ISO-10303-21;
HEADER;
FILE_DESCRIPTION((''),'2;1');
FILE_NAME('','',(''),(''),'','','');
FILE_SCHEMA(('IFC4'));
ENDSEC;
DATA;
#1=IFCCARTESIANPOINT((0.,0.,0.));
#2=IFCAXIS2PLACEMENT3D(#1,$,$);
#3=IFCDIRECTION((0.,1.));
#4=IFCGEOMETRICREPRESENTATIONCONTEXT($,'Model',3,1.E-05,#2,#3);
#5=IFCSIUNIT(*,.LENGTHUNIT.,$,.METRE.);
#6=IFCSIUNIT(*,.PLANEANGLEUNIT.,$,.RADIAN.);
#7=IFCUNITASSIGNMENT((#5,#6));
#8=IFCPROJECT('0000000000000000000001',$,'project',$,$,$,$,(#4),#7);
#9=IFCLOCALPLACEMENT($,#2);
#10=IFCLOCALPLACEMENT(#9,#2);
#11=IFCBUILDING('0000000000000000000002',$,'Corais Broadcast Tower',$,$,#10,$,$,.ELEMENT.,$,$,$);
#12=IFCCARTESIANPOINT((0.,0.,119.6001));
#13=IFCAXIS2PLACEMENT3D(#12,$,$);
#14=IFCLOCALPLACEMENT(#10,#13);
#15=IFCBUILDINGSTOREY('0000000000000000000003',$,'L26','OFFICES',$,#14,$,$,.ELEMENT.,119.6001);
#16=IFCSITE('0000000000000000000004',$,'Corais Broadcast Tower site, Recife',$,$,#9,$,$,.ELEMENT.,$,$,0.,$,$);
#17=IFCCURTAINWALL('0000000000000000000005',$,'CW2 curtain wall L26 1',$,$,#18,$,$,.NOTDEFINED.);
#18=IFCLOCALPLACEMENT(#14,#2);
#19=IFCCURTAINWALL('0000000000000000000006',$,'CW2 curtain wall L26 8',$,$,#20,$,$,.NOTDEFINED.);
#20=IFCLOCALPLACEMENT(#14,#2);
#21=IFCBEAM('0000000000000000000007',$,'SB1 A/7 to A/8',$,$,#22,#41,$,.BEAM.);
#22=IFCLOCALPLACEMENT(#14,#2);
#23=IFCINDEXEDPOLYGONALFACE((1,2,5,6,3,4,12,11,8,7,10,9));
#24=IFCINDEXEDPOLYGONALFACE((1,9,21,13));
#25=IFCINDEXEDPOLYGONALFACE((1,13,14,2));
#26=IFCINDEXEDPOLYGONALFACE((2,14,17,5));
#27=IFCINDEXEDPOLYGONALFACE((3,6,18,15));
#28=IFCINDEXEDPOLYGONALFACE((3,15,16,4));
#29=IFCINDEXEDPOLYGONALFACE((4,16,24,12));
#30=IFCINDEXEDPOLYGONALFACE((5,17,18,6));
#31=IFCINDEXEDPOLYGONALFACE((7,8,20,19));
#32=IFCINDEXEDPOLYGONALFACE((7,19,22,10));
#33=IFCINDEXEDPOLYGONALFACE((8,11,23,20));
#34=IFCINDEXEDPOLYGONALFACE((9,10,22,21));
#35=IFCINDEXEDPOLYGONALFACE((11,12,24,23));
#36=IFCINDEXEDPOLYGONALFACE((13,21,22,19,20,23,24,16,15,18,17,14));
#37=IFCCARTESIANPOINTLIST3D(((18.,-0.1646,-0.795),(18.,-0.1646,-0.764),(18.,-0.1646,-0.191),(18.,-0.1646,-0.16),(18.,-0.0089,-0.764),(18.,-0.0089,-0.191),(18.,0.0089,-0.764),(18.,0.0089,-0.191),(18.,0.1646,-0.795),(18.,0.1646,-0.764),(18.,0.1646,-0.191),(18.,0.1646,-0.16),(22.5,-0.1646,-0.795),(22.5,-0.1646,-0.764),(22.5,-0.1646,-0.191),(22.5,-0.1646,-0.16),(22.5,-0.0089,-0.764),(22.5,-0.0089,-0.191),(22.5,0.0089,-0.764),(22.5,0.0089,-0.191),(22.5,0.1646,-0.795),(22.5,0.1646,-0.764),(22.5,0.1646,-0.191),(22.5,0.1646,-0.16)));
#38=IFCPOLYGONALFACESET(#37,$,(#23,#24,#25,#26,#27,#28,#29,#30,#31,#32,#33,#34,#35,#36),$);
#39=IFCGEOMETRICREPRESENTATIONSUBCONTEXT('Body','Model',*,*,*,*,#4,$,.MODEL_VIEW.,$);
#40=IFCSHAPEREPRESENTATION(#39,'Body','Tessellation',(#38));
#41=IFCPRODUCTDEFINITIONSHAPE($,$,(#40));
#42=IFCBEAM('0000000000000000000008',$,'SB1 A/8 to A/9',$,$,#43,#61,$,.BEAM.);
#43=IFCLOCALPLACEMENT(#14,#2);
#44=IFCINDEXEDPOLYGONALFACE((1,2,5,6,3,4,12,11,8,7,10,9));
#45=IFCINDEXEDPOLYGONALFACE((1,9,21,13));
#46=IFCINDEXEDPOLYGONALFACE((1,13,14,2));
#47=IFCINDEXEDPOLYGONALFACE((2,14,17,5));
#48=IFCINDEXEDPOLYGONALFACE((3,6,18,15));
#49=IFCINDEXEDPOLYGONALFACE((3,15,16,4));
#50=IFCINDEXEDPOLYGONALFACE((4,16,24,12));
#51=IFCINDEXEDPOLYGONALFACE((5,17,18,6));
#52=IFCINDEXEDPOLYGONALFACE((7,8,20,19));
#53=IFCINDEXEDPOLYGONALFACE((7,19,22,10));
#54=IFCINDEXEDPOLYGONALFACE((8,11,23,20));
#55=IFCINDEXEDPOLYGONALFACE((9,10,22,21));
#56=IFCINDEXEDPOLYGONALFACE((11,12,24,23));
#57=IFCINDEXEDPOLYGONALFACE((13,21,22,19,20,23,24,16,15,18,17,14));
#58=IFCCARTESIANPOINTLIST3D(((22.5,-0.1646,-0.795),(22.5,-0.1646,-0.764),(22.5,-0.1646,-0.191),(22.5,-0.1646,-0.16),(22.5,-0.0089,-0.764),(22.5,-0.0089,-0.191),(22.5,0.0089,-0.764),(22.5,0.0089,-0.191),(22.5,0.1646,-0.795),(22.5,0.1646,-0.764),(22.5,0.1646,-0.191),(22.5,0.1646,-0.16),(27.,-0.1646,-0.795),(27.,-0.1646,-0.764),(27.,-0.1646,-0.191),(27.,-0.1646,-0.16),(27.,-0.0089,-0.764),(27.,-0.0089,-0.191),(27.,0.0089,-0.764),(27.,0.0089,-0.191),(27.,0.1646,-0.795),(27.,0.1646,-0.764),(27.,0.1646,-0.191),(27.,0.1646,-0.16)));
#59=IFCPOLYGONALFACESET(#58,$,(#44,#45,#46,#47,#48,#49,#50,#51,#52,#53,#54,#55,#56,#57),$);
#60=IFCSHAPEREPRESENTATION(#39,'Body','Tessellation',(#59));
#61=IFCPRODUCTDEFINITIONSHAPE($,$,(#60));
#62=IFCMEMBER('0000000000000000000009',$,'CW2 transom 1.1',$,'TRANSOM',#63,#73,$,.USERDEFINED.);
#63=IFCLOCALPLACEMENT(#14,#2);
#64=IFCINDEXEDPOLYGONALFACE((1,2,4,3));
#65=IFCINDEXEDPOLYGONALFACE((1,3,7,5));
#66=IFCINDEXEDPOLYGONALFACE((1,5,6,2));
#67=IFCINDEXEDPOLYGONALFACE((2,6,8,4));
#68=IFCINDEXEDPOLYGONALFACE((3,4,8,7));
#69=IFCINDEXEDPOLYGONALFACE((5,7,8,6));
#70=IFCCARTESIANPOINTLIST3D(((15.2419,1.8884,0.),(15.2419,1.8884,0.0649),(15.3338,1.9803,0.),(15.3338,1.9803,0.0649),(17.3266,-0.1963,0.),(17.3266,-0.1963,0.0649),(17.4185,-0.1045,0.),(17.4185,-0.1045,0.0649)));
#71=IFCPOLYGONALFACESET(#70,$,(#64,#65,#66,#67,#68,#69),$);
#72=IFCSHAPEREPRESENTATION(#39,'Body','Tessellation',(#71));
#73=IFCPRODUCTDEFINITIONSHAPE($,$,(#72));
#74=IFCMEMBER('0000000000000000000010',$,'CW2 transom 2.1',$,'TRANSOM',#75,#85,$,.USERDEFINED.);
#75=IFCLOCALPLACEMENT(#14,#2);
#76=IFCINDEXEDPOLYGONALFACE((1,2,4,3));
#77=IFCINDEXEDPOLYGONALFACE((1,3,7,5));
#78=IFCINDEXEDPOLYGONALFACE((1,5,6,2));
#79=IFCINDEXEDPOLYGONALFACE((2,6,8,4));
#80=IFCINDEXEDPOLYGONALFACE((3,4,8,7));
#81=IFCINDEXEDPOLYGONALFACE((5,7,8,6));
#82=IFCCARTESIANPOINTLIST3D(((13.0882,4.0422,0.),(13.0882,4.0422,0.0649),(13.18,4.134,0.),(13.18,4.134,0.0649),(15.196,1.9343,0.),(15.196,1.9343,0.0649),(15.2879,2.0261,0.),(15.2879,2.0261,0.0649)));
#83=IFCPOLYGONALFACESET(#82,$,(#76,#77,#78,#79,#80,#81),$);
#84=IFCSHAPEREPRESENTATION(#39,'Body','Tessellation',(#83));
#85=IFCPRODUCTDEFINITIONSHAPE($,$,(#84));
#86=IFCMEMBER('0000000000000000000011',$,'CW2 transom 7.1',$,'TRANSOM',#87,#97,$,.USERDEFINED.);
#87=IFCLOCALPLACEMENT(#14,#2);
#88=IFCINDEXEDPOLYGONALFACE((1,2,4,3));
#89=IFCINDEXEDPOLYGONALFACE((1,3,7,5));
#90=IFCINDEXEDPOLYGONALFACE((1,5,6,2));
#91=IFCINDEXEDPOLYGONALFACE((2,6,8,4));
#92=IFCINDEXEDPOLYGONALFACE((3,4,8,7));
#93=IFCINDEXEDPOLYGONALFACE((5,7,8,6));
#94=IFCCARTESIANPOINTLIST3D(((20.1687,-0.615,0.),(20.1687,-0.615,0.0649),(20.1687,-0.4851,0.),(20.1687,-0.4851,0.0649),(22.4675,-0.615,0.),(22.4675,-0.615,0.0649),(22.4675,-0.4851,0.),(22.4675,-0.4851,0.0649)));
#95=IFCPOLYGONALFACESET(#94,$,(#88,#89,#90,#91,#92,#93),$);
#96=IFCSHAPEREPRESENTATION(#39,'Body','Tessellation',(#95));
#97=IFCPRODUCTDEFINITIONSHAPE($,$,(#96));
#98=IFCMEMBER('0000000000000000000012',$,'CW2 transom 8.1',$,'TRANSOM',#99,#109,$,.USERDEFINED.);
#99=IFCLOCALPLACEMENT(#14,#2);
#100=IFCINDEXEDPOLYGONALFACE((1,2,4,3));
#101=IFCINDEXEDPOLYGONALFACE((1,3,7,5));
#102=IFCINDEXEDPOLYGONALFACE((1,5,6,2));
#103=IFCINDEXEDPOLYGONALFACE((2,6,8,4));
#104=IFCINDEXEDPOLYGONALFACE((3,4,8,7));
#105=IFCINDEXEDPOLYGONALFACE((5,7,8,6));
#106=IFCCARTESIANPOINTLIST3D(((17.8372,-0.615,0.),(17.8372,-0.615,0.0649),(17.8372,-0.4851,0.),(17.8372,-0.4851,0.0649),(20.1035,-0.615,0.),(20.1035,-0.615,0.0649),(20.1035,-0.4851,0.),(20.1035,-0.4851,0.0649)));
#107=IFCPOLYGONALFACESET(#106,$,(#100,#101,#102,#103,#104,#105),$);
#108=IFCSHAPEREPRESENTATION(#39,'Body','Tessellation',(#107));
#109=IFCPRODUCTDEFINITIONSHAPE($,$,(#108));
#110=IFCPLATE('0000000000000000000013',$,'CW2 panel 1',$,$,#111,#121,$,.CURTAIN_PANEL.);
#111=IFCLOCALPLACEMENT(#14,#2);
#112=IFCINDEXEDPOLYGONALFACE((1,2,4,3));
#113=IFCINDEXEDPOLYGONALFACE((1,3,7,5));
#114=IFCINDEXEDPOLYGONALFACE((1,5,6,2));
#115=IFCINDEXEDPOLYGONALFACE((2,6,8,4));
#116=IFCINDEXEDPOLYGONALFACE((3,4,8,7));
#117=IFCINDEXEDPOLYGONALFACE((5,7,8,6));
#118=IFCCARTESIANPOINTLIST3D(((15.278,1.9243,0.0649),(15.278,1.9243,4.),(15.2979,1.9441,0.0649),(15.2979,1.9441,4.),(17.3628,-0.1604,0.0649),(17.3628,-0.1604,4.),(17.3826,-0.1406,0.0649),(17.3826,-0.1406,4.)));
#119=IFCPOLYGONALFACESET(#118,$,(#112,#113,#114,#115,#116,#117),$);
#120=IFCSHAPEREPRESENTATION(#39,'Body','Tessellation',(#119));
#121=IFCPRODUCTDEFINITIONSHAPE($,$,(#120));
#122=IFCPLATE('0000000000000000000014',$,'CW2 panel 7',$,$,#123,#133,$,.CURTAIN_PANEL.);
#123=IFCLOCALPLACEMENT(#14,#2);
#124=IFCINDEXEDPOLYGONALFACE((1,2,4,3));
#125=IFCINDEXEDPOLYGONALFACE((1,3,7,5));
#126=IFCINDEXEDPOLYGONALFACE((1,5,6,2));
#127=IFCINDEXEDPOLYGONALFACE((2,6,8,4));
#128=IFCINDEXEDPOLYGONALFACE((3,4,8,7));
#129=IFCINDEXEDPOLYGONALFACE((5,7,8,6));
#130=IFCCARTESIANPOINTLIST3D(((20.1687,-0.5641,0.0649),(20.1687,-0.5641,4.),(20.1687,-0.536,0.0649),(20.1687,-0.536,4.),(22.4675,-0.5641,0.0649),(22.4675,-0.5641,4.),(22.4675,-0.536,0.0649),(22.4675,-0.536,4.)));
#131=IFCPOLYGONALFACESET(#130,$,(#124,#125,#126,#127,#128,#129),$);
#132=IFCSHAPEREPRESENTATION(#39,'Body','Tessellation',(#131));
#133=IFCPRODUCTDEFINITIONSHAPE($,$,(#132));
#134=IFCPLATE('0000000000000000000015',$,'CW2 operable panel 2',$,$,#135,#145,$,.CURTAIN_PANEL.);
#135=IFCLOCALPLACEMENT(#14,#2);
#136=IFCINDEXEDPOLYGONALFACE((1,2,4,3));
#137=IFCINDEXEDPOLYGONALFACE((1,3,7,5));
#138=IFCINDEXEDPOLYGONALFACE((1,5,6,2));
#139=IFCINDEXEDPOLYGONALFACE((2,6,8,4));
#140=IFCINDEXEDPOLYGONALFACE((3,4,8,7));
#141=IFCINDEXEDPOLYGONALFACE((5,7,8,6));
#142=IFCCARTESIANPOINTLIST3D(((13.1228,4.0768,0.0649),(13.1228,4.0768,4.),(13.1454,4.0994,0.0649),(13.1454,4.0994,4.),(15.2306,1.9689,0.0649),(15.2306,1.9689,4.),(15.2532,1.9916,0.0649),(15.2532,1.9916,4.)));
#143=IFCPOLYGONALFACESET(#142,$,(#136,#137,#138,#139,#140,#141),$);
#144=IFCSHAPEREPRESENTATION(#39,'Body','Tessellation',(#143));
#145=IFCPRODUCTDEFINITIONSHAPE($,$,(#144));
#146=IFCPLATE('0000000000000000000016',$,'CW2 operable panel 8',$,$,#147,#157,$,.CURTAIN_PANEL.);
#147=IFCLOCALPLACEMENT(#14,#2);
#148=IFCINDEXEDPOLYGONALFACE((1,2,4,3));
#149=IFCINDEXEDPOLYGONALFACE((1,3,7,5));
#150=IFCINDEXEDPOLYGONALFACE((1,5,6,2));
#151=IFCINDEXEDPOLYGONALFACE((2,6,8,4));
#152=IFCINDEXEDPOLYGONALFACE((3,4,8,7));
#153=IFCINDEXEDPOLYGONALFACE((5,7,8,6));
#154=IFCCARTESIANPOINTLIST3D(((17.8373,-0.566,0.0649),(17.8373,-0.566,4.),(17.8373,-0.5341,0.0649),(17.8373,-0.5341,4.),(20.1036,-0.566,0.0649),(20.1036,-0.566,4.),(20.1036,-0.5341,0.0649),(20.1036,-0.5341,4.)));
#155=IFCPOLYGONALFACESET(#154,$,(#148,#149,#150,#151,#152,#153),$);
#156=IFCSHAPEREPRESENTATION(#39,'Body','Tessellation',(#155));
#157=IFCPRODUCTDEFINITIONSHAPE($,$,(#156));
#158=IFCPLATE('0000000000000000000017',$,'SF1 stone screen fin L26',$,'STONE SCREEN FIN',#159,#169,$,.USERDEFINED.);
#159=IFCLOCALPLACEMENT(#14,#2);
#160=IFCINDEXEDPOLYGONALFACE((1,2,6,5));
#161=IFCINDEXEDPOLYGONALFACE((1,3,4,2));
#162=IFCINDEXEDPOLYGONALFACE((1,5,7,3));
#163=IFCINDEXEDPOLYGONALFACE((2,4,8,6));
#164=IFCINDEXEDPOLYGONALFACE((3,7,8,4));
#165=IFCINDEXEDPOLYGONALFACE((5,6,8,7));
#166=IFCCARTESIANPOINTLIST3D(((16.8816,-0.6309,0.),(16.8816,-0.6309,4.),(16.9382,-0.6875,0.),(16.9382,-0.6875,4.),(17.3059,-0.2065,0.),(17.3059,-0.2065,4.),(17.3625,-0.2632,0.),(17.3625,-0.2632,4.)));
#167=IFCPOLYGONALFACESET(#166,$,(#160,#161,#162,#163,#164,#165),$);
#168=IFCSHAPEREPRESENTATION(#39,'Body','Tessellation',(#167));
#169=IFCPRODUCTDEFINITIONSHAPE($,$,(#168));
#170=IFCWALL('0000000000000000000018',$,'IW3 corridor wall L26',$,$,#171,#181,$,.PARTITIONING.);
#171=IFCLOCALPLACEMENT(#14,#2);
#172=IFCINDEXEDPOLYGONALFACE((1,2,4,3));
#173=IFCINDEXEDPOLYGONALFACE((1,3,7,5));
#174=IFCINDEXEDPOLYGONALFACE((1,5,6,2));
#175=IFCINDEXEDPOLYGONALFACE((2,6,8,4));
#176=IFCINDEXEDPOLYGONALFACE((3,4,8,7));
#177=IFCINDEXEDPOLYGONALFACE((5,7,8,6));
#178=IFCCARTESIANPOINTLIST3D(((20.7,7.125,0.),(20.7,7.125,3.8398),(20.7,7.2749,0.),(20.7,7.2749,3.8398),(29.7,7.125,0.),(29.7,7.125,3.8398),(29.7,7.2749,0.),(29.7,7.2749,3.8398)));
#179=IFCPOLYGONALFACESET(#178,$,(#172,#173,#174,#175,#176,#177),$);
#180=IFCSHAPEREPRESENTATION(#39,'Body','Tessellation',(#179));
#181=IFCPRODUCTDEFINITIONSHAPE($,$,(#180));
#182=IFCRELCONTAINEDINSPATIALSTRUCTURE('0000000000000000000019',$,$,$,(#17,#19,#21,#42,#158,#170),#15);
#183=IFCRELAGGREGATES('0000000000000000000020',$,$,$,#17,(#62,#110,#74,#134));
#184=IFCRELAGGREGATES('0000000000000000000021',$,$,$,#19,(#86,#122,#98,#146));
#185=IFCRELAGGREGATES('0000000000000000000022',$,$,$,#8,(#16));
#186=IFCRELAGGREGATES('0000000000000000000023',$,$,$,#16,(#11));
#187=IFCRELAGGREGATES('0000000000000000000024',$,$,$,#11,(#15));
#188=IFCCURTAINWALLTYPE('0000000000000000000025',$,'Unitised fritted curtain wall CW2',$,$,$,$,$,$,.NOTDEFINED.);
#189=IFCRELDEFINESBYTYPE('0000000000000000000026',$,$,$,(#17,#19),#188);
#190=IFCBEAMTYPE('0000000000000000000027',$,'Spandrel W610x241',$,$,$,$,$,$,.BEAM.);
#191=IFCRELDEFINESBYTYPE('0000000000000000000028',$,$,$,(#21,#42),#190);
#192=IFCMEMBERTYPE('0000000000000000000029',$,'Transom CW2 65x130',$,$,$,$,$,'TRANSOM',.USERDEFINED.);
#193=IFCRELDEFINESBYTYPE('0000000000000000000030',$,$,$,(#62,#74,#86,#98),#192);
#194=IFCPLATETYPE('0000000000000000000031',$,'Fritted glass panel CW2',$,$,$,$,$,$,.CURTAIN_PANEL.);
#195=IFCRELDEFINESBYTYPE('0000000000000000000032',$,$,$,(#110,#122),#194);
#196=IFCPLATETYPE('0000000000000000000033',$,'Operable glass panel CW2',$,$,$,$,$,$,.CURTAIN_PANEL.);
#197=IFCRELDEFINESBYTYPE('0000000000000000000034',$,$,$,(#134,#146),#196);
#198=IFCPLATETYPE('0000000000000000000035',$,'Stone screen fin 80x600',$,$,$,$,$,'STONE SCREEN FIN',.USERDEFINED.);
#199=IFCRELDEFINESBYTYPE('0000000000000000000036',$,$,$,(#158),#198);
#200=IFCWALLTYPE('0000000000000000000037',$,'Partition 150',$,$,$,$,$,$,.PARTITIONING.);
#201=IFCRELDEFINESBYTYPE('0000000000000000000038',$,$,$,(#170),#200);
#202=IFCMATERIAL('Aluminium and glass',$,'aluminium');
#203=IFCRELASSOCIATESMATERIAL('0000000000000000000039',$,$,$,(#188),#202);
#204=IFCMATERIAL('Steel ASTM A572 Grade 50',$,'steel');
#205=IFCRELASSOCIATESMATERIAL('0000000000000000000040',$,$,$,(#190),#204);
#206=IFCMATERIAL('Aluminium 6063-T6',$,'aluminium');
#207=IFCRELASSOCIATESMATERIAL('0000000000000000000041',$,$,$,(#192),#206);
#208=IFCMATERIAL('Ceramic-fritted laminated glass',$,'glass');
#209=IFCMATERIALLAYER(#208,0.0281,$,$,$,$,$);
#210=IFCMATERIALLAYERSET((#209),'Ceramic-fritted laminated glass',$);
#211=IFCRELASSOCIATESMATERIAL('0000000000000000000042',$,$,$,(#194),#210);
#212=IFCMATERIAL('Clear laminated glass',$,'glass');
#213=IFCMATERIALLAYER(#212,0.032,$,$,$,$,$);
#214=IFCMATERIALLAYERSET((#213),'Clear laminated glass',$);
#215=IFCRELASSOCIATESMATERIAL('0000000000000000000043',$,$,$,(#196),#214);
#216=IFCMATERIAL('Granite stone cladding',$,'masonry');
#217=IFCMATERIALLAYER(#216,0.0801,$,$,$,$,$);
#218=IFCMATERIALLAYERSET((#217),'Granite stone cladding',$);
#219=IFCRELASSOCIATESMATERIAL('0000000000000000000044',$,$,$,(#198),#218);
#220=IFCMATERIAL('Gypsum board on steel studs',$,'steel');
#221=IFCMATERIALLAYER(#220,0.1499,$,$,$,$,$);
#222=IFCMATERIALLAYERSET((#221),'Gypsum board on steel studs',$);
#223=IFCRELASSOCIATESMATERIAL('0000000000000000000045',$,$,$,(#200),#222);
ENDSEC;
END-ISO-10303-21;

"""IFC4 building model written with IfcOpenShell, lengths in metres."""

from ifc_helpers import new_model, si_unit, direction, frame, frame_2d, origin, origin_2d, place, context, subcontext, project, spatial, rectangle, i_section, extrude, material, layer, layer_set, material_profile, profile_set, type_object, element, aggregate, save


model = new_model("IFC4")

# Units and contexts
model_context = context("Model", 3, precision=1e-05, world=origin(), true_north=direction((0.0, 1.0)))
body_context = subcontext(model_context, "Body", "Model", "MODEL_VIEW")
ifc_project = project(units=[si_unit("LENGTHUNIT", "METRE"), si_unit("PLANEANGLEUNIT", "RADIAN")], contexts=[model_context])

# Site, building, storey
site_placement = place(None, origin())
site = spatial("IfcSite", under=ifc_project, at=site_placement, Name="Corais Broadcast Tower site, Recife", CompositionType="ELEMENT", RefElevation=0.0)
building_placement = place(site_placement, origin())
building = spatial("IfcBuilding", under=site, at=building_placement, Name="Corais Broadcast Tower", CompositionType="ELEMENT")
storey_placement = place(building_placement, frame((0.0, 0.0, 119.6001)))
storey = spatial("IfcBuildingStorey", under=building, at=storey_placement, Name="L26", Description="OFFICES", CompositionType="ELEMENT", Elevation=119.6001)

# Curtain walls
ifc_material_1 = material(Name="Aluminium and glass", Category="aluminium")
curtain_wall_type = type_object("IfcCurtainWallType", Name="Unitised fritted curtain wall CW2", PredefinedType="NOTDEFINED", material=ifc_material_1)
curtain_wall_1_placement = place(storey_placement, origin())
curtain_wall_1 = element("IfcCurtainWall", 1, at=curtain_wall_1_placement, inside=storey, type_object=curtain_wall_type, Name="CW2 curtain wall L26 1", PredefinedType="NOTDEFINED")
curtain_wall_2_placement = place(storey_placement, origin())
curtain_wall_2 = element("IfcCurtainWall", 2, at=curtain_wall_2_placement, inside=storey, type_object=curtain_wall_type, Name="CW2 curtain wall L26 8", PredefinedType="NOTDEFINED")

# Beams
ifc_material_2 = material(Name="Steel ASTM A572 Grade 50", Category="steel")
ifc_material_profile_1 = material_profile(ifc_material_2, i_section(OverallWidth=0.3291, OverallDepth=0.635, WebThickness=0.0178, FlangeThickness=0.031, at=origin_2d()), Name="W610x241")
ifc_profile_set_1 = profile_set([ifc_material_profile_1], Name="Steel ASTM A572 Grade 50")
beam_type_1 = type_object("IfcBeamType", Name="Spandrel W610x241", PredefinedType="BEAM", material=ifc_profile_set_1)
for number, where, z_axis, x_axis, name in (
    (3, (18.0, 0.0, -0.4775), (1.0, 0.0, 0.0), (0.0, 1.0, 0.0), "SB1 A/7 to A/8"),
    (4, (22.5, 0.0, -0.4775), (1.0, 0.0, 0.0), (0.0, 1.0, 0.0), "SB1 A/8 to A/9"),
):
    element("IfcBeam", number, at=place(storey_placement, frame(where, z_axis=z_axis, x_axis=x_axis)), inside=storey, type_object=beam_type_1, Name=name, PredefinedType="BEAM", context=body_context, shape_type="SweptSolid", body=[
        extrude(i_section(OverallWidth=0.3291, OverallDepth=0.635, WebThickness=0.0178, FlangeThickness=0.031, at=origin_2d()), origin(), (0.0, 0.0, 1.0), 4.5),
    ])

# Members
ifc_material_3 = material(Name="Aluminium 6063-T6", Category="aluminium")
ifc_material_profile_2 = material_profile(ifc_material_3, rectangle(XDim=0.1299, YDim=0.0649, at=origin_2d()), Name="Transom CW2 65x130")
ifc_profile_set_2 = profile_set([ifc_material_profile_2], Name="Aluminium 6063-T6")
member_type_1 = type_object("IfcMemberType", Name="Transom CW2 65x130", ElementType="TRANSOM", PredefinedType="USERDEFINED", material=ifc_profile_set_2)
member_1_placement = place(storey_placement, frame((17.3726, -0.1504, 0.0325), z_axis=(-0.707107, 0.707107, 0.0), x_axis=(-0.707107, -0.707107, 0.0)))
member_1 = element("IfcMember", 5, at=member_1_placement, type_object=member_type_1, Name="CW2 transom 1.1", ObjectType="TRANSOM", PredefinedType="USERDEFINED", context=body_context, shape_type="SweptSolid", body=[
    extrude(rectangle(XDim=0.1299, YDim=0.0649, at=origin_2d()), origin(), (0.0, 0.0, 1.0), 2.9482),
])
member_2_placement = place(storey_placement, frame((15.2419, 1.9802, 0.0325), z_axis=(-0.707107, 0.707107, 0.0), x_axis=(-0.707107, -0.707107, 0.0)))
member_2 = element("IfcMember", 6, at=member_2_placement, type_object=member_type_1, Name="CW2 transom 2.1", ObjectType="TRANSOM", PredefinedType="USERDEFINED", context=body_context, shape_type="SweptSolid", body=[
    extrude(rectangle(XDim=0.1299, YDim=0.0649, at=origin_2d()), origin(), (0.0, 0.0, 1.0), 2.981),
])
member_3_placement = place(storey_placement, frame((22.4675, -0.55, 0.0325), z_axis=(-1.0, 0.0, 0.0), x_axis=(0.0, -1.0, 0.0)))
member_3 = element("IfcMember", 7, at=member_3_placement, type_object=member_type_1, Name="CW2 transom 7.1", ObjectType="TRANSOM", PredefinedType="USERDEFINED", context=body_context, shape_type="SweptSolid", body=[
    extrude(rectangle(XDim=0.1299, YDim=0.0649, at=origin_2d()), origin(), (0.0, 0.0, 1.0), 2.2988),
])
member_4_placement = place(storey_placement, frame((20.1035, -0.55, 0.0325), z_axis=(-1.0, 0.0, 0.0), x_axis=(0.0, -1.0, 0.0)))
member_4 = element("IfcMember", 8, at=member_4_placement, type_object=member_type_1, Name="CW2 transom 8.1", ObjectType="TRANSOM", PredefinedType="USERDEFINED", context=body_context, shape_type="SweptSolid", body=[
    extrude(rectangle(XDim=0.1299, YDim=0.0649, at=origin_2d()), origin(), (0.0, 0.0, 1.0), 2.2664),
])

# Plates
ifc_material_4 = material(Name="Ceramic-fritted laminated glass", Category="glass")
ifc_layer_1 = layer(ifc_material_4, 0.0281)
ifc_layer_set_1 = layer_set([ifc_layer_1], Name="Ceramic-fritted laminated glass")
plate_type_1 = type_object("IfcPlateType", Name="Fritted glass panel CW2", PredefinedType="CURTAIN_PANEL", material=ifc_layer_set_1)
plate_1_placement = place(storey_placement, frame((16.3303, 0.8918, 0.0649), z_axis=(0.0, 0.0, 1.0), x_axis=(-0.707107, 0.707107, 0.0)))
plate_1 = element("IfcPlate", 9, at=plate_1_placement, type_object=plate_type_1, Name="CW2 panel 1", PredefinedType="CURTAIN_PANEL", context=body_context, shape_type="SweptSolid", body=[
    extrude(rectangle(XDim=2.9482, YDim=0.0281, at=origin_2d()), origin(), (0.0, 0.0, 1.0), 3.9351),
])
plate_2_placement = place(storey_placement, frame((21.3181, -0.55, 0.0649), z_axis=(0.0, 0.0, 1.0), x_axis=(-1.0, 0.0, 0.0)))
plate_2 = element("IfcPlate", 10, at=plate_2_placement, type_object=plate_type_1, Name="CW2 panel 7", PredefinedType="CURTAIN_PANEL", context=body_context, shape_type="SweptSolid", body=[
    extrude(rectangle(XDim=2.2988, YDim=0.0281, at=origin_2d()), origin(), (0.0, 0.0, 1.0), 3.9351),
])
ifc_material_5 = material(Name="Clear laminated glass", Category="glass")
ifc_layer_2 = layer(ifc_material_5, 0.032)
ifc_layer_set_2 = layer_set([ifc_layer_2], Name="Clear laminated glass")
plate_type_2 = type_object("IfcPlateType", Name="Operable glass panel CW2", PredefinedType="CURTAIN_PANEL", material=ifc_layer_set_2)
plate_3_placement = place(storey_placement, frame((14.188, 3.0342, 0.0649), z_axis=(0.0, 0.0, 1.0), x_axis=(-0.707107, 0.707107, 0.0)))
plate_3 = element("IfcPlate", 11, at=plate_3_placement, type_object=plate_type_2, Name="CW2 operable panel 2", PredefinedType="CURTAIN_PANEL", context=body_context, shape_type="SweptSolid", body=[
    extrude(rectangle(XDim=2.981, YDim=0.032, at=origin_2d()), origin(), (0.0, 0.0, 1.0), 3.9351),
])
aggregate(curtain_wall_1, [member_1, plate_1, member_2, plate_3])
plate_4_placement = place(storey_placement, frame((18.9705, -0.55, 0.0649), z_axis=(0.0, 0.0, 1.0), x_axis=(-1.0, 0.0, 0.0)))
plate_4 = element("IfcPlate", 12, at=plate_4_placement, type_object=plate_type_2, Name="CW2 operable panel 8", PredefinedType="CURTAIN_PANEL", context=body_context, shape_type="SweptSolid", body=[
    extrude(rectangle(XDim=2.2664, YDim=0.032, at=origin_2d()), origin(), (0.0, 0.0, 1.0), 3.9351),
])
aggregate(curtain_wall_2, [member_3, plate_2, member_4, plate_4])
ifc_material_6 = material(Name="Granite stone cladding", Category="masonry")
ifc_layer_3 = layer(ifc_material_6, 0.0801)
ifc_layer_set_3 = layer_set([ifc_layer_3], Name="Granite stone cladding")
plate_type_3 = type_object("IfcPlateType", Name="Stone screen fin 80x600", ElementType="STONE SCREEN FIN", PredefinedType="USERDEFINED", material=ifc_layer_set_3)
plate_5_placement = place(storey_placement, frame((17.1221, -0.447, 0.0), z_axis=(0.0, 0.0, 1.0), x_axis=(-0.707107, 0.707107, 0.0)))
element("IfcPlate", 13, at=plate_5_placement, inside=storey, type_object=plate_type_3, Name="SF1 stone screen fin L26", ObjectType="STONE SCREEN FIN", PredefinedType="USERDEFINED", context=body_context, shape_type="SweptSolid", body=[
    extrude(rectangle(XDim=0.0801, YDim=0.6001, at=origin_2d()), origin(), (0.0, 0.0, 1.0), 4.0),
])

# Wall
ifc_material_7 = material(Name="Gypsum board on steel studs", Category="steel")
ifc_layer_4 = layer(ifc_material_7, 0.1499)
ifc_layer_set_4 = layer_set([ifc_layer_4], Name="Gypsum board on steel studs")
wall_type = type_object("IfcWallType", Name="Partition 150", PredefinedType="PARTITIONING", material=ifc_layer_set_4)
wall_1_placement = place(storey_placement, frame((20.7, 7.2, 0.0), z_axis=(0.0, 0.0, 1.0), x_axis=(1.0, 0.0, 0.0)))
element("IfcWall", 14, at=wall_1_placement, inside=storey, type_object=wall_type, Name="IW3 corridor wall L26", PredefinedType="PARTITIONING", context=body_context, shape_type="SweptSolid", body=[
    extrude(rectangle(XDim=9.0, YDim=0.1499, at=frame_2d((4.5, 0.0))), origin(), (0.0, 0.0, 1.0), 3.8398),
])

save(model, "model.ifc")
